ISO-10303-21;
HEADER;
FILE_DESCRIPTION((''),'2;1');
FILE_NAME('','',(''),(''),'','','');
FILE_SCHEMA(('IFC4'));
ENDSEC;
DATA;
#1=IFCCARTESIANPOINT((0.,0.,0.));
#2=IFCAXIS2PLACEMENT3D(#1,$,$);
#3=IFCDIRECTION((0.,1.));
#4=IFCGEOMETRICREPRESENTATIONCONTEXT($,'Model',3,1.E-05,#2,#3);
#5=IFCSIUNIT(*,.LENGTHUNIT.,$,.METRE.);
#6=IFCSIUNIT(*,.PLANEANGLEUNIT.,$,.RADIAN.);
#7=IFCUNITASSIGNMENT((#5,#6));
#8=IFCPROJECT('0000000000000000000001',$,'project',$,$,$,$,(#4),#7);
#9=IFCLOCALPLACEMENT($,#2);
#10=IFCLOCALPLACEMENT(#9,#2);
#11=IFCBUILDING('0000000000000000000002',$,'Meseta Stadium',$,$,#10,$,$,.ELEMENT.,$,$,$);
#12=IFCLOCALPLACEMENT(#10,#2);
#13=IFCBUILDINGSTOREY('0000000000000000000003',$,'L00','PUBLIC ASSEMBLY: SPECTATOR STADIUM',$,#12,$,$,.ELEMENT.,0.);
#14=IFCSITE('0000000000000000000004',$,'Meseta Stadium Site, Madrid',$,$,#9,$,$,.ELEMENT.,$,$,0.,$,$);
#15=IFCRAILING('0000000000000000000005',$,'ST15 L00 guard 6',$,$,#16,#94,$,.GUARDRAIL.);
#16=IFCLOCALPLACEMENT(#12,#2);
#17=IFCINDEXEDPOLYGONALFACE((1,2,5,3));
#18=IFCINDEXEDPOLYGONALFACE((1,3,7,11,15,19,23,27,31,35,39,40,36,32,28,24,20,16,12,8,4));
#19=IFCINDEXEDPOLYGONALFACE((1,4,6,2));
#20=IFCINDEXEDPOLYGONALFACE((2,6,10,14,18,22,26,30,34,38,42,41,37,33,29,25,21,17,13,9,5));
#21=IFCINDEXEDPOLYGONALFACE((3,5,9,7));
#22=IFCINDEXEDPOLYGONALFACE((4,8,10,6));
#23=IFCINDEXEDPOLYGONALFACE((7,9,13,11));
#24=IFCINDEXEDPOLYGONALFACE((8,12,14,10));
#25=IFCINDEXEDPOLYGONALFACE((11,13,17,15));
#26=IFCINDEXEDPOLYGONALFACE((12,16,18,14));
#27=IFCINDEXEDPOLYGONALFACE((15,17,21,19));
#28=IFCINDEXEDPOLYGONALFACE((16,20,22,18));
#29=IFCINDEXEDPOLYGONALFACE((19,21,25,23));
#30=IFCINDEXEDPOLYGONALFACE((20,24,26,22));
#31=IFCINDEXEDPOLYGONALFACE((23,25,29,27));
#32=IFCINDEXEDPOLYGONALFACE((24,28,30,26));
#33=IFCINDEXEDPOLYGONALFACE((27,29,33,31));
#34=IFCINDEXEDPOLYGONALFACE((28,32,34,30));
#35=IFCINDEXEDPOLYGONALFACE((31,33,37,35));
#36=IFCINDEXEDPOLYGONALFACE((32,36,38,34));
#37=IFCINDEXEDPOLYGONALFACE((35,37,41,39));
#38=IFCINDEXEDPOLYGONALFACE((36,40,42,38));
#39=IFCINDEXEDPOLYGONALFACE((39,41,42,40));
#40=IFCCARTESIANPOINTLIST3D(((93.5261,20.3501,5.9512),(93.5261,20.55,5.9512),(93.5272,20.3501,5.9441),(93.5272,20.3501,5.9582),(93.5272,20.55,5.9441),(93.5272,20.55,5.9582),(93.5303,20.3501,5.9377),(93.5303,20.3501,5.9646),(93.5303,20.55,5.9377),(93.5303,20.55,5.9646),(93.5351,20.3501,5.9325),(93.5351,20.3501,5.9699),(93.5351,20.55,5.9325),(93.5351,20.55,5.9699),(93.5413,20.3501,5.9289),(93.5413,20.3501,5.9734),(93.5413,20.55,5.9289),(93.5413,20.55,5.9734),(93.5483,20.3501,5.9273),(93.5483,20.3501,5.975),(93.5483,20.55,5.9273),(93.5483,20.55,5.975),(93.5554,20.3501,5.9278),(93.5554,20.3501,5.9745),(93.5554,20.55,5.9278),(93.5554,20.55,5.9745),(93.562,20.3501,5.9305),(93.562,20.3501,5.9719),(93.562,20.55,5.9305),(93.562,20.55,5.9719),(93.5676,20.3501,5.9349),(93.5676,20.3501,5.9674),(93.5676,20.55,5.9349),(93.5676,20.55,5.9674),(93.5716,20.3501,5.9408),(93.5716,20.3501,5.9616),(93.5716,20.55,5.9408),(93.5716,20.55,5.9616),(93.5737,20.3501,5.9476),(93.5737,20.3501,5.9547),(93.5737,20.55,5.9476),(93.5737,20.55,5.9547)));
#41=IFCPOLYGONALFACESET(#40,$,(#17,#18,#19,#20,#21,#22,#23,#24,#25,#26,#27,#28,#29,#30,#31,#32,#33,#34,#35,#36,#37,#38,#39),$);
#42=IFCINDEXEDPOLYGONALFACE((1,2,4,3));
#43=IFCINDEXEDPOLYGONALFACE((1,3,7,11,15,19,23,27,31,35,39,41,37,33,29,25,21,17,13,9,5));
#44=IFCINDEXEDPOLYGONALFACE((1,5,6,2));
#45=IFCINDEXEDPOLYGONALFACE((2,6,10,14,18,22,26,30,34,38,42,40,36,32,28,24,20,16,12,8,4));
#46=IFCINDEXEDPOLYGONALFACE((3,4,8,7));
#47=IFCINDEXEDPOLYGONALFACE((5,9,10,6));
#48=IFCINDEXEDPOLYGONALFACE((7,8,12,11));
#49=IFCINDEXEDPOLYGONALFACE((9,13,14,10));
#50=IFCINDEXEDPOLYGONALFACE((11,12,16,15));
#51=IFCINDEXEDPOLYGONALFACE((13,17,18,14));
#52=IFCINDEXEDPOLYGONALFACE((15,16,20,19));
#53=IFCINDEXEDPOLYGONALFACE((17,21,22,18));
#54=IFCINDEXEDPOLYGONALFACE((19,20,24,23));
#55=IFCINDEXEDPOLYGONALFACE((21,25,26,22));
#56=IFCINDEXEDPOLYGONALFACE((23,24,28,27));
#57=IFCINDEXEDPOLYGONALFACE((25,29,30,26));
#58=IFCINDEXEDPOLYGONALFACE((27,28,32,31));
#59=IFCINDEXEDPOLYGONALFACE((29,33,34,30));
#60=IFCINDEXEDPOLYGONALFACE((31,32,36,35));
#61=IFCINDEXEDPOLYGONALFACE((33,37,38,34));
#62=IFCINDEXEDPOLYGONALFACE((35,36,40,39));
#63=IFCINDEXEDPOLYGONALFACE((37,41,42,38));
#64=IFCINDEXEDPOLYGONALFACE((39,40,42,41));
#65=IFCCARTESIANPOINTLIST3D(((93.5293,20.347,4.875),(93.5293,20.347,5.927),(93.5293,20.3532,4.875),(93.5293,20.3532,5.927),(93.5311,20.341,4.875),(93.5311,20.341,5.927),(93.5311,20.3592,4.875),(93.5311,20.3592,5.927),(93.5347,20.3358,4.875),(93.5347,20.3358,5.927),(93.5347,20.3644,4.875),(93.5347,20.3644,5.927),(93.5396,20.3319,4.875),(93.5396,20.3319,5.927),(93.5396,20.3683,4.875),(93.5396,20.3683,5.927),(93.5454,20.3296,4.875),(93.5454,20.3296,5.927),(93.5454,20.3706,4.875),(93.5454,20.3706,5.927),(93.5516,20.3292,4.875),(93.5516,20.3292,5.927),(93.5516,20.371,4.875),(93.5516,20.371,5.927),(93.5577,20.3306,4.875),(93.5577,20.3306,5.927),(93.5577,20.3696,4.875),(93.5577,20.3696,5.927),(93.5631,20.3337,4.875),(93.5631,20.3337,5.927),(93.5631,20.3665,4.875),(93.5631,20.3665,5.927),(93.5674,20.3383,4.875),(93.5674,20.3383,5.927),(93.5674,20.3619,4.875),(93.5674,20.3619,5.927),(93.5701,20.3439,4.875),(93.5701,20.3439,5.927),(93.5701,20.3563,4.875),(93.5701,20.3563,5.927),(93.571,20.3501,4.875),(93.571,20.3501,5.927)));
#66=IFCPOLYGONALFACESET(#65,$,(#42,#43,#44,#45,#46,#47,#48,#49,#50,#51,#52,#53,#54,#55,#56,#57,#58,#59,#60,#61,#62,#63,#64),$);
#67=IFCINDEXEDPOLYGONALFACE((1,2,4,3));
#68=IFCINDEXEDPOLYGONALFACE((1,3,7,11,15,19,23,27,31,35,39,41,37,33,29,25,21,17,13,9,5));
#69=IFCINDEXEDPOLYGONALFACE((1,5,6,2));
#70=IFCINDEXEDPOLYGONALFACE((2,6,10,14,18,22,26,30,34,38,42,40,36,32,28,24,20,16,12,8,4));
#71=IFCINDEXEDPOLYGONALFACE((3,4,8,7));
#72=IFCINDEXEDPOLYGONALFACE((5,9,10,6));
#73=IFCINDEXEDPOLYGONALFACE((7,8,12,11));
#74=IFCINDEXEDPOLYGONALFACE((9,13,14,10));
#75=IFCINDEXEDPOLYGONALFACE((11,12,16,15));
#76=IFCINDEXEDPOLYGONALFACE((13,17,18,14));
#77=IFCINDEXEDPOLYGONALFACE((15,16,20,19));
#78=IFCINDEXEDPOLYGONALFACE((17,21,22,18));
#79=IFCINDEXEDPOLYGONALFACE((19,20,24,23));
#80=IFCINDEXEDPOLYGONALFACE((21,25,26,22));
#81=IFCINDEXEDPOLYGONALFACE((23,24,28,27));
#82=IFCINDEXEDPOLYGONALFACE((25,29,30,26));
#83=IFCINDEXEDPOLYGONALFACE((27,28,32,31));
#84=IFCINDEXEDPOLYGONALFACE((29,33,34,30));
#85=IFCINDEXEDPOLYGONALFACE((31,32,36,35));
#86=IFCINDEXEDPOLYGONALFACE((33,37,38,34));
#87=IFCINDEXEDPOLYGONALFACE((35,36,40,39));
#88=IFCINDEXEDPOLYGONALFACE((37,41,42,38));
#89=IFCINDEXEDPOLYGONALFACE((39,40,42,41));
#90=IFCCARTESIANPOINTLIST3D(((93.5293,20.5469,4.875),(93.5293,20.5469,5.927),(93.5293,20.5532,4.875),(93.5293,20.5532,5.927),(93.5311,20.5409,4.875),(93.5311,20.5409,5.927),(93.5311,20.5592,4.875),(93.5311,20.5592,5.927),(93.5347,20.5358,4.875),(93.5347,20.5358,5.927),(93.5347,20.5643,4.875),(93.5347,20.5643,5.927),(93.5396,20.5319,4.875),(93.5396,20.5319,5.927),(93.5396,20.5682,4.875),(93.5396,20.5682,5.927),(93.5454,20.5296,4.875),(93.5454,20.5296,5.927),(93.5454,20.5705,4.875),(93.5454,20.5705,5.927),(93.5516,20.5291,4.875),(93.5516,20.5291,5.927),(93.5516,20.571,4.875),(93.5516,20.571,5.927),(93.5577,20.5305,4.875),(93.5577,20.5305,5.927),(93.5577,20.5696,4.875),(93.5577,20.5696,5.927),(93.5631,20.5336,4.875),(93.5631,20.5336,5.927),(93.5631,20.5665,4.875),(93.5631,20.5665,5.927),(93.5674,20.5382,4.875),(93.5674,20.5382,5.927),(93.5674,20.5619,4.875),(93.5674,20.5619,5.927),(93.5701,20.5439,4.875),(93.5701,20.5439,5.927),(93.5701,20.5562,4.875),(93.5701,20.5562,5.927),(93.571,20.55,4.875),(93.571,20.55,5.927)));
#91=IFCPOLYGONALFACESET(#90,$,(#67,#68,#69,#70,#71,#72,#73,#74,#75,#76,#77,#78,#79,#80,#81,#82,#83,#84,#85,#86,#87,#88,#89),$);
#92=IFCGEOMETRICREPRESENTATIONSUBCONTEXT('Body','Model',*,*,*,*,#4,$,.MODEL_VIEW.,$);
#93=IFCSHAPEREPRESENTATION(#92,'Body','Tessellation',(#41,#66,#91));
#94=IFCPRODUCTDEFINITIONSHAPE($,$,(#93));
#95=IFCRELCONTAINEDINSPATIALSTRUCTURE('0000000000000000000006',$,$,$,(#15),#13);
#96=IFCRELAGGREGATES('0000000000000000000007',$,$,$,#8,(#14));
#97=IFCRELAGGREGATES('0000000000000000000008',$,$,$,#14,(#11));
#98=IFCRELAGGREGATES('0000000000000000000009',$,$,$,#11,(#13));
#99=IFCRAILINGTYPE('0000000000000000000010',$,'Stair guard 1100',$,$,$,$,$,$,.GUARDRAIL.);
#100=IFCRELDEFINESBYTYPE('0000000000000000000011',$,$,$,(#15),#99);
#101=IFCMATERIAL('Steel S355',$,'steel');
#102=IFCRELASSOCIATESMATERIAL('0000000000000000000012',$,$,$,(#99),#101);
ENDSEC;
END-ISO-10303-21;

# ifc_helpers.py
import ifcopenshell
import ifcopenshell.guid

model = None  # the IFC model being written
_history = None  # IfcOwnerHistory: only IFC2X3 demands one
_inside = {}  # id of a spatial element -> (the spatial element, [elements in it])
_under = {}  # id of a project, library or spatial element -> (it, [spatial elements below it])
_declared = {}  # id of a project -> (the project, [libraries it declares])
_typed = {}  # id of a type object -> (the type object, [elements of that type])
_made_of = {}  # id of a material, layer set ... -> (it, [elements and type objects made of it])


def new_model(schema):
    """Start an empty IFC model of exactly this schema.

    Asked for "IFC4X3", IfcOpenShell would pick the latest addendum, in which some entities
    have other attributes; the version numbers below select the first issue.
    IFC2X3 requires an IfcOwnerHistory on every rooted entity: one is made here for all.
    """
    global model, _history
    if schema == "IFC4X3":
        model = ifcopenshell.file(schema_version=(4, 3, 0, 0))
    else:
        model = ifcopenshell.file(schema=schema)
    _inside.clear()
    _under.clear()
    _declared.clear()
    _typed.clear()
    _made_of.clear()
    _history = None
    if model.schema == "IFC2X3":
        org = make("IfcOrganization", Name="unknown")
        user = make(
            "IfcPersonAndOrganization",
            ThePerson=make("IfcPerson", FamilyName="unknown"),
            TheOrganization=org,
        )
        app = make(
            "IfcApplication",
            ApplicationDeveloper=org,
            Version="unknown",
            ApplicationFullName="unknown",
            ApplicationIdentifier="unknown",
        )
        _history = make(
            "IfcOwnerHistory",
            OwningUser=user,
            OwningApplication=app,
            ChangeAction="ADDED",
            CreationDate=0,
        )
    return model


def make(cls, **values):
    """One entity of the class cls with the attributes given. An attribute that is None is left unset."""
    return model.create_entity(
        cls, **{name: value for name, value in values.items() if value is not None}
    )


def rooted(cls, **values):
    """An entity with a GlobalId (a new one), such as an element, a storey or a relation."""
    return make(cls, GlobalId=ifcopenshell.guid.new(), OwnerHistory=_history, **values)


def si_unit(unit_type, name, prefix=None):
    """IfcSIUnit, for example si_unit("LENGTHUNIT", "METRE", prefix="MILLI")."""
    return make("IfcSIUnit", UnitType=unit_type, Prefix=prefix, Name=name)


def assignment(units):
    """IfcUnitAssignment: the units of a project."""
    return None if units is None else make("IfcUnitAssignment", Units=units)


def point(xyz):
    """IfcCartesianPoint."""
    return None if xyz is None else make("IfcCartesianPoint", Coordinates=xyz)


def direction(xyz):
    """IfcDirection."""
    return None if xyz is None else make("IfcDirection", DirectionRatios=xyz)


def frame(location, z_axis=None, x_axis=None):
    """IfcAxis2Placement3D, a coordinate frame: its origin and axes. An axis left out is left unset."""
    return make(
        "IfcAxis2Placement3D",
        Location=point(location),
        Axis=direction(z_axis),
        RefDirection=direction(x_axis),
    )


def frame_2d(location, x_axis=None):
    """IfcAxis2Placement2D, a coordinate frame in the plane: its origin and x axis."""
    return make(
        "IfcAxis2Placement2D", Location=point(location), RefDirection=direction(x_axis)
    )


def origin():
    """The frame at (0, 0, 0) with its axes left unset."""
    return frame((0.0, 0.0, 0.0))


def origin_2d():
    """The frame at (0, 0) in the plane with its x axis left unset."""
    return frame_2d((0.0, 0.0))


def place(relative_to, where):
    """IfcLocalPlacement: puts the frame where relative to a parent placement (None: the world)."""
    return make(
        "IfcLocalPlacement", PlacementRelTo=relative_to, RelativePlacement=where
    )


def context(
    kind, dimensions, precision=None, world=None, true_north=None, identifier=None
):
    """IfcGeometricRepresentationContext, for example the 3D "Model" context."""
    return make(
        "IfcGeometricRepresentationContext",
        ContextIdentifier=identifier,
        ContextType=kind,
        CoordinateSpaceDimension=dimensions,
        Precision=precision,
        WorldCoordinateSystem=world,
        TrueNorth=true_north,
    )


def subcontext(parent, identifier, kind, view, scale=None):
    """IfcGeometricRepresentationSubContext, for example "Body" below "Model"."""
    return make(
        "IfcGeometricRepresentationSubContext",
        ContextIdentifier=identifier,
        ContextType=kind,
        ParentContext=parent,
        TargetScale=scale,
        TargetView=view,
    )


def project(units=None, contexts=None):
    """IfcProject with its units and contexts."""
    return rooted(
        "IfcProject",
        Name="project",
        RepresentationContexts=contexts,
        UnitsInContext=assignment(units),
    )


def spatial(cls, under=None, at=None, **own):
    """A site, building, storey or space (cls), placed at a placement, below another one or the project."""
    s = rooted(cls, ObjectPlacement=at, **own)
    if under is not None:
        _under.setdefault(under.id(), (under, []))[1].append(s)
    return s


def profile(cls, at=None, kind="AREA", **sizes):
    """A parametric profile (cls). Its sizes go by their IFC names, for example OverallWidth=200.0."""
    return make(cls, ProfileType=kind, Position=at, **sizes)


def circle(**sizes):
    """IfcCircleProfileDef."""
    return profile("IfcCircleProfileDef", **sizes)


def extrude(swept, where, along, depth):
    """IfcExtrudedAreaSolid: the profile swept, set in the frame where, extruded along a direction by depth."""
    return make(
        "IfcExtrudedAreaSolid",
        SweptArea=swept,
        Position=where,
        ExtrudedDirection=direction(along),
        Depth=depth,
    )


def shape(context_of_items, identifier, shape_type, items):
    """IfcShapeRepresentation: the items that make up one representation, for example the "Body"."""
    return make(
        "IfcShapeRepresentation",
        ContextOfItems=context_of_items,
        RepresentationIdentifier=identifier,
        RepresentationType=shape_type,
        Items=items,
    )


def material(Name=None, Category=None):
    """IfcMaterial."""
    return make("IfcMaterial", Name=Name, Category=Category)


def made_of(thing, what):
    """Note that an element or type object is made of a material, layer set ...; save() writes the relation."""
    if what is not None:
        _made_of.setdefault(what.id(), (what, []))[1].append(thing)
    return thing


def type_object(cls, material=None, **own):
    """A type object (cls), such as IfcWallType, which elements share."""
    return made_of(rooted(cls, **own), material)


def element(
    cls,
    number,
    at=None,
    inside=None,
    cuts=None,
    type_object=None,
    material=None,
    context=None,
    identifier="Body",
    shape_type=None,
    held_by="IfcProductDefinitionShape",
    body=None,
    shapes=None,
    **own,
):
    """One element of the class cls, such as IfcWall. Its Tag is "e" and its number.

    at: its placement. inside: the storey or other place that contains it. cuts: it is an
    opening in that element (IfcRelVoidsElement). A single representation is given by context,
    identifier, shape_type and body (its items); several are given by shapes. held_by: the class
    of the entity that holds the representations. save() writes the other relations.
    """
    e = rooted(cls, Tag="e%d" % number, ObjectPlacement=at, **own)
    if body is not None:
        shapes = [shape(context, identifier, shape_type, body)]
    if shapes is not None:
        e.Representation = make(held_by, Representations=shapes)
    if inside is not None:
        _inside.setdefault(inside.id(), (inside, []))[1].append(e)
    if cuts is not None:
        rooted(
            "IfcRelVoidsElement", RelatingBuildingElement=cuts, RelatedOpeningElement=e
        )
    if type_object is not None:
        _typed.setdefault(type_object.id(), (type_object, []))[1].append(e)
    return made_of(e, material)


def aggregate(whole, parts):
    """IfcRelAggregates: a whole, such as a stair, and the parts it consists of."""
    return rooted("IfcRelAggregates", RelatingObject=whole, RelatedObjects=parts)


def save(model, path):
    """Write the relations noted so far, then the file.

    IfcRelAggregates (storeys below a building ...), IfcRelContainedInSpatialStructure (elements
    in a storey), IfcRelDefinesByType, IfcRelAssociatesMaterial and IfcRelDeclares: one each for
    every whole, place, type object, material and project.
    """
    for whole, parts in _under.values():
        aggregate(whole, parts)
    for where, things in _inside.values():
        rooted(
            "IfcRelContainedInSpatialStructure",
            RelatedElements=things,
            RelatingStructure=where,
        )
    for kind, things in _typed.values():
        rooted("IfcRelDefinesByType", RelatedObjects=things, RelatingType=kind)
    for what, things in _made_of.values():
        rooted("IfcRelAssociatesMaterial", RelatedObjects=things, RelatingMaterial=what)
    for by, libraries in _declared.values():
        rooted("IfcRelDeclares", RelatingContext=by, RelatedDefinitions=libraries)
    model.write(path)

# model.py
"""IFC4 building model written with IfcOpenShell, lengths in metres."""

from ifc_helpers import new_model, si_unit, direction, frame, origin, origin_2d, place, context, subcontext, project, spatial, circle, extrude, material, type_object, element, save


model = new_model("IFC4")

# Units and contexts
model_context = context("Model", 3, precision=1e-05, world=origin(), true_north=direction((0.0, 1.0)))
body_context = subcontext(model_context, "Body", "Model", "MODEL_VIEW")
ifc_project = project(units=[si_unit("LENGTHUNIT", "METRE"), si_unit("PLANEANGLEUNIT", "RADIAN")], contexts=[model_context])

# Site, building, storey
site_placement = place(None, origin())
site = spatial("IfcSite", under=ifc_project, at=site_placement, Name="Meseta Stadium Site, Madrid", CompositionType="ELEMENT", RefElevation=0.0)
building_placement = place(site_placement, origin())
building = spatial("IfcBuilding", under=site, at=building_placement, Name="Meseta Stadium", CompositionType="ELEMENT")
storey_placement = place(building_placement, origin())
storey = spatial("IfcBuildingStorey", under=building, at=storey_placement, Name="L00", Description="PUBLIC ASSEMBLY: SPECTATOR STADIUM", CompositionType="ELEMENT", Elevation=0.0)

# Railing
ifc_material_1 = material(Name="Steel S355", Category="steel")
railing_type_1 = type_object("IfcRailingType", Name="Stair guard 1100", PredefinedType="GUARDRAIL", material=ifc_material_1)
railing_1_placement = place(storey_placement, frame((93.55, 20.3501, 4.875)))
element("IfcRailing", 1, at=railing_1_placement, inside=storey, type_object=railing_type_1, Name="ST15 L00 guard 6", PredefinedType="GUARDRAIL", context=body_context, shape_type="SweptSolid", body=[
    extrude(circle(Radius=0.0239, at=origin_2d()), frame((0.0, 0.0, 1.0762), z_axis=(0.0, 1.0, 0.0), x_axis=(-1.0, 0.0, 0.0)), (0.0, 0.0, 1.0), 0.2),
    extrude(circle(Radius=0.021, at=origin_2d()), origin(), (0.0, 0.0, 1.0), 1.052),
    extrude(circle(Radius=0.021, at=origin_2d()), frame((0.0, 0.2, 0.0)), (0.0, 0.0, 1.0), 1.052),
])

save(model, "model.ifc")
